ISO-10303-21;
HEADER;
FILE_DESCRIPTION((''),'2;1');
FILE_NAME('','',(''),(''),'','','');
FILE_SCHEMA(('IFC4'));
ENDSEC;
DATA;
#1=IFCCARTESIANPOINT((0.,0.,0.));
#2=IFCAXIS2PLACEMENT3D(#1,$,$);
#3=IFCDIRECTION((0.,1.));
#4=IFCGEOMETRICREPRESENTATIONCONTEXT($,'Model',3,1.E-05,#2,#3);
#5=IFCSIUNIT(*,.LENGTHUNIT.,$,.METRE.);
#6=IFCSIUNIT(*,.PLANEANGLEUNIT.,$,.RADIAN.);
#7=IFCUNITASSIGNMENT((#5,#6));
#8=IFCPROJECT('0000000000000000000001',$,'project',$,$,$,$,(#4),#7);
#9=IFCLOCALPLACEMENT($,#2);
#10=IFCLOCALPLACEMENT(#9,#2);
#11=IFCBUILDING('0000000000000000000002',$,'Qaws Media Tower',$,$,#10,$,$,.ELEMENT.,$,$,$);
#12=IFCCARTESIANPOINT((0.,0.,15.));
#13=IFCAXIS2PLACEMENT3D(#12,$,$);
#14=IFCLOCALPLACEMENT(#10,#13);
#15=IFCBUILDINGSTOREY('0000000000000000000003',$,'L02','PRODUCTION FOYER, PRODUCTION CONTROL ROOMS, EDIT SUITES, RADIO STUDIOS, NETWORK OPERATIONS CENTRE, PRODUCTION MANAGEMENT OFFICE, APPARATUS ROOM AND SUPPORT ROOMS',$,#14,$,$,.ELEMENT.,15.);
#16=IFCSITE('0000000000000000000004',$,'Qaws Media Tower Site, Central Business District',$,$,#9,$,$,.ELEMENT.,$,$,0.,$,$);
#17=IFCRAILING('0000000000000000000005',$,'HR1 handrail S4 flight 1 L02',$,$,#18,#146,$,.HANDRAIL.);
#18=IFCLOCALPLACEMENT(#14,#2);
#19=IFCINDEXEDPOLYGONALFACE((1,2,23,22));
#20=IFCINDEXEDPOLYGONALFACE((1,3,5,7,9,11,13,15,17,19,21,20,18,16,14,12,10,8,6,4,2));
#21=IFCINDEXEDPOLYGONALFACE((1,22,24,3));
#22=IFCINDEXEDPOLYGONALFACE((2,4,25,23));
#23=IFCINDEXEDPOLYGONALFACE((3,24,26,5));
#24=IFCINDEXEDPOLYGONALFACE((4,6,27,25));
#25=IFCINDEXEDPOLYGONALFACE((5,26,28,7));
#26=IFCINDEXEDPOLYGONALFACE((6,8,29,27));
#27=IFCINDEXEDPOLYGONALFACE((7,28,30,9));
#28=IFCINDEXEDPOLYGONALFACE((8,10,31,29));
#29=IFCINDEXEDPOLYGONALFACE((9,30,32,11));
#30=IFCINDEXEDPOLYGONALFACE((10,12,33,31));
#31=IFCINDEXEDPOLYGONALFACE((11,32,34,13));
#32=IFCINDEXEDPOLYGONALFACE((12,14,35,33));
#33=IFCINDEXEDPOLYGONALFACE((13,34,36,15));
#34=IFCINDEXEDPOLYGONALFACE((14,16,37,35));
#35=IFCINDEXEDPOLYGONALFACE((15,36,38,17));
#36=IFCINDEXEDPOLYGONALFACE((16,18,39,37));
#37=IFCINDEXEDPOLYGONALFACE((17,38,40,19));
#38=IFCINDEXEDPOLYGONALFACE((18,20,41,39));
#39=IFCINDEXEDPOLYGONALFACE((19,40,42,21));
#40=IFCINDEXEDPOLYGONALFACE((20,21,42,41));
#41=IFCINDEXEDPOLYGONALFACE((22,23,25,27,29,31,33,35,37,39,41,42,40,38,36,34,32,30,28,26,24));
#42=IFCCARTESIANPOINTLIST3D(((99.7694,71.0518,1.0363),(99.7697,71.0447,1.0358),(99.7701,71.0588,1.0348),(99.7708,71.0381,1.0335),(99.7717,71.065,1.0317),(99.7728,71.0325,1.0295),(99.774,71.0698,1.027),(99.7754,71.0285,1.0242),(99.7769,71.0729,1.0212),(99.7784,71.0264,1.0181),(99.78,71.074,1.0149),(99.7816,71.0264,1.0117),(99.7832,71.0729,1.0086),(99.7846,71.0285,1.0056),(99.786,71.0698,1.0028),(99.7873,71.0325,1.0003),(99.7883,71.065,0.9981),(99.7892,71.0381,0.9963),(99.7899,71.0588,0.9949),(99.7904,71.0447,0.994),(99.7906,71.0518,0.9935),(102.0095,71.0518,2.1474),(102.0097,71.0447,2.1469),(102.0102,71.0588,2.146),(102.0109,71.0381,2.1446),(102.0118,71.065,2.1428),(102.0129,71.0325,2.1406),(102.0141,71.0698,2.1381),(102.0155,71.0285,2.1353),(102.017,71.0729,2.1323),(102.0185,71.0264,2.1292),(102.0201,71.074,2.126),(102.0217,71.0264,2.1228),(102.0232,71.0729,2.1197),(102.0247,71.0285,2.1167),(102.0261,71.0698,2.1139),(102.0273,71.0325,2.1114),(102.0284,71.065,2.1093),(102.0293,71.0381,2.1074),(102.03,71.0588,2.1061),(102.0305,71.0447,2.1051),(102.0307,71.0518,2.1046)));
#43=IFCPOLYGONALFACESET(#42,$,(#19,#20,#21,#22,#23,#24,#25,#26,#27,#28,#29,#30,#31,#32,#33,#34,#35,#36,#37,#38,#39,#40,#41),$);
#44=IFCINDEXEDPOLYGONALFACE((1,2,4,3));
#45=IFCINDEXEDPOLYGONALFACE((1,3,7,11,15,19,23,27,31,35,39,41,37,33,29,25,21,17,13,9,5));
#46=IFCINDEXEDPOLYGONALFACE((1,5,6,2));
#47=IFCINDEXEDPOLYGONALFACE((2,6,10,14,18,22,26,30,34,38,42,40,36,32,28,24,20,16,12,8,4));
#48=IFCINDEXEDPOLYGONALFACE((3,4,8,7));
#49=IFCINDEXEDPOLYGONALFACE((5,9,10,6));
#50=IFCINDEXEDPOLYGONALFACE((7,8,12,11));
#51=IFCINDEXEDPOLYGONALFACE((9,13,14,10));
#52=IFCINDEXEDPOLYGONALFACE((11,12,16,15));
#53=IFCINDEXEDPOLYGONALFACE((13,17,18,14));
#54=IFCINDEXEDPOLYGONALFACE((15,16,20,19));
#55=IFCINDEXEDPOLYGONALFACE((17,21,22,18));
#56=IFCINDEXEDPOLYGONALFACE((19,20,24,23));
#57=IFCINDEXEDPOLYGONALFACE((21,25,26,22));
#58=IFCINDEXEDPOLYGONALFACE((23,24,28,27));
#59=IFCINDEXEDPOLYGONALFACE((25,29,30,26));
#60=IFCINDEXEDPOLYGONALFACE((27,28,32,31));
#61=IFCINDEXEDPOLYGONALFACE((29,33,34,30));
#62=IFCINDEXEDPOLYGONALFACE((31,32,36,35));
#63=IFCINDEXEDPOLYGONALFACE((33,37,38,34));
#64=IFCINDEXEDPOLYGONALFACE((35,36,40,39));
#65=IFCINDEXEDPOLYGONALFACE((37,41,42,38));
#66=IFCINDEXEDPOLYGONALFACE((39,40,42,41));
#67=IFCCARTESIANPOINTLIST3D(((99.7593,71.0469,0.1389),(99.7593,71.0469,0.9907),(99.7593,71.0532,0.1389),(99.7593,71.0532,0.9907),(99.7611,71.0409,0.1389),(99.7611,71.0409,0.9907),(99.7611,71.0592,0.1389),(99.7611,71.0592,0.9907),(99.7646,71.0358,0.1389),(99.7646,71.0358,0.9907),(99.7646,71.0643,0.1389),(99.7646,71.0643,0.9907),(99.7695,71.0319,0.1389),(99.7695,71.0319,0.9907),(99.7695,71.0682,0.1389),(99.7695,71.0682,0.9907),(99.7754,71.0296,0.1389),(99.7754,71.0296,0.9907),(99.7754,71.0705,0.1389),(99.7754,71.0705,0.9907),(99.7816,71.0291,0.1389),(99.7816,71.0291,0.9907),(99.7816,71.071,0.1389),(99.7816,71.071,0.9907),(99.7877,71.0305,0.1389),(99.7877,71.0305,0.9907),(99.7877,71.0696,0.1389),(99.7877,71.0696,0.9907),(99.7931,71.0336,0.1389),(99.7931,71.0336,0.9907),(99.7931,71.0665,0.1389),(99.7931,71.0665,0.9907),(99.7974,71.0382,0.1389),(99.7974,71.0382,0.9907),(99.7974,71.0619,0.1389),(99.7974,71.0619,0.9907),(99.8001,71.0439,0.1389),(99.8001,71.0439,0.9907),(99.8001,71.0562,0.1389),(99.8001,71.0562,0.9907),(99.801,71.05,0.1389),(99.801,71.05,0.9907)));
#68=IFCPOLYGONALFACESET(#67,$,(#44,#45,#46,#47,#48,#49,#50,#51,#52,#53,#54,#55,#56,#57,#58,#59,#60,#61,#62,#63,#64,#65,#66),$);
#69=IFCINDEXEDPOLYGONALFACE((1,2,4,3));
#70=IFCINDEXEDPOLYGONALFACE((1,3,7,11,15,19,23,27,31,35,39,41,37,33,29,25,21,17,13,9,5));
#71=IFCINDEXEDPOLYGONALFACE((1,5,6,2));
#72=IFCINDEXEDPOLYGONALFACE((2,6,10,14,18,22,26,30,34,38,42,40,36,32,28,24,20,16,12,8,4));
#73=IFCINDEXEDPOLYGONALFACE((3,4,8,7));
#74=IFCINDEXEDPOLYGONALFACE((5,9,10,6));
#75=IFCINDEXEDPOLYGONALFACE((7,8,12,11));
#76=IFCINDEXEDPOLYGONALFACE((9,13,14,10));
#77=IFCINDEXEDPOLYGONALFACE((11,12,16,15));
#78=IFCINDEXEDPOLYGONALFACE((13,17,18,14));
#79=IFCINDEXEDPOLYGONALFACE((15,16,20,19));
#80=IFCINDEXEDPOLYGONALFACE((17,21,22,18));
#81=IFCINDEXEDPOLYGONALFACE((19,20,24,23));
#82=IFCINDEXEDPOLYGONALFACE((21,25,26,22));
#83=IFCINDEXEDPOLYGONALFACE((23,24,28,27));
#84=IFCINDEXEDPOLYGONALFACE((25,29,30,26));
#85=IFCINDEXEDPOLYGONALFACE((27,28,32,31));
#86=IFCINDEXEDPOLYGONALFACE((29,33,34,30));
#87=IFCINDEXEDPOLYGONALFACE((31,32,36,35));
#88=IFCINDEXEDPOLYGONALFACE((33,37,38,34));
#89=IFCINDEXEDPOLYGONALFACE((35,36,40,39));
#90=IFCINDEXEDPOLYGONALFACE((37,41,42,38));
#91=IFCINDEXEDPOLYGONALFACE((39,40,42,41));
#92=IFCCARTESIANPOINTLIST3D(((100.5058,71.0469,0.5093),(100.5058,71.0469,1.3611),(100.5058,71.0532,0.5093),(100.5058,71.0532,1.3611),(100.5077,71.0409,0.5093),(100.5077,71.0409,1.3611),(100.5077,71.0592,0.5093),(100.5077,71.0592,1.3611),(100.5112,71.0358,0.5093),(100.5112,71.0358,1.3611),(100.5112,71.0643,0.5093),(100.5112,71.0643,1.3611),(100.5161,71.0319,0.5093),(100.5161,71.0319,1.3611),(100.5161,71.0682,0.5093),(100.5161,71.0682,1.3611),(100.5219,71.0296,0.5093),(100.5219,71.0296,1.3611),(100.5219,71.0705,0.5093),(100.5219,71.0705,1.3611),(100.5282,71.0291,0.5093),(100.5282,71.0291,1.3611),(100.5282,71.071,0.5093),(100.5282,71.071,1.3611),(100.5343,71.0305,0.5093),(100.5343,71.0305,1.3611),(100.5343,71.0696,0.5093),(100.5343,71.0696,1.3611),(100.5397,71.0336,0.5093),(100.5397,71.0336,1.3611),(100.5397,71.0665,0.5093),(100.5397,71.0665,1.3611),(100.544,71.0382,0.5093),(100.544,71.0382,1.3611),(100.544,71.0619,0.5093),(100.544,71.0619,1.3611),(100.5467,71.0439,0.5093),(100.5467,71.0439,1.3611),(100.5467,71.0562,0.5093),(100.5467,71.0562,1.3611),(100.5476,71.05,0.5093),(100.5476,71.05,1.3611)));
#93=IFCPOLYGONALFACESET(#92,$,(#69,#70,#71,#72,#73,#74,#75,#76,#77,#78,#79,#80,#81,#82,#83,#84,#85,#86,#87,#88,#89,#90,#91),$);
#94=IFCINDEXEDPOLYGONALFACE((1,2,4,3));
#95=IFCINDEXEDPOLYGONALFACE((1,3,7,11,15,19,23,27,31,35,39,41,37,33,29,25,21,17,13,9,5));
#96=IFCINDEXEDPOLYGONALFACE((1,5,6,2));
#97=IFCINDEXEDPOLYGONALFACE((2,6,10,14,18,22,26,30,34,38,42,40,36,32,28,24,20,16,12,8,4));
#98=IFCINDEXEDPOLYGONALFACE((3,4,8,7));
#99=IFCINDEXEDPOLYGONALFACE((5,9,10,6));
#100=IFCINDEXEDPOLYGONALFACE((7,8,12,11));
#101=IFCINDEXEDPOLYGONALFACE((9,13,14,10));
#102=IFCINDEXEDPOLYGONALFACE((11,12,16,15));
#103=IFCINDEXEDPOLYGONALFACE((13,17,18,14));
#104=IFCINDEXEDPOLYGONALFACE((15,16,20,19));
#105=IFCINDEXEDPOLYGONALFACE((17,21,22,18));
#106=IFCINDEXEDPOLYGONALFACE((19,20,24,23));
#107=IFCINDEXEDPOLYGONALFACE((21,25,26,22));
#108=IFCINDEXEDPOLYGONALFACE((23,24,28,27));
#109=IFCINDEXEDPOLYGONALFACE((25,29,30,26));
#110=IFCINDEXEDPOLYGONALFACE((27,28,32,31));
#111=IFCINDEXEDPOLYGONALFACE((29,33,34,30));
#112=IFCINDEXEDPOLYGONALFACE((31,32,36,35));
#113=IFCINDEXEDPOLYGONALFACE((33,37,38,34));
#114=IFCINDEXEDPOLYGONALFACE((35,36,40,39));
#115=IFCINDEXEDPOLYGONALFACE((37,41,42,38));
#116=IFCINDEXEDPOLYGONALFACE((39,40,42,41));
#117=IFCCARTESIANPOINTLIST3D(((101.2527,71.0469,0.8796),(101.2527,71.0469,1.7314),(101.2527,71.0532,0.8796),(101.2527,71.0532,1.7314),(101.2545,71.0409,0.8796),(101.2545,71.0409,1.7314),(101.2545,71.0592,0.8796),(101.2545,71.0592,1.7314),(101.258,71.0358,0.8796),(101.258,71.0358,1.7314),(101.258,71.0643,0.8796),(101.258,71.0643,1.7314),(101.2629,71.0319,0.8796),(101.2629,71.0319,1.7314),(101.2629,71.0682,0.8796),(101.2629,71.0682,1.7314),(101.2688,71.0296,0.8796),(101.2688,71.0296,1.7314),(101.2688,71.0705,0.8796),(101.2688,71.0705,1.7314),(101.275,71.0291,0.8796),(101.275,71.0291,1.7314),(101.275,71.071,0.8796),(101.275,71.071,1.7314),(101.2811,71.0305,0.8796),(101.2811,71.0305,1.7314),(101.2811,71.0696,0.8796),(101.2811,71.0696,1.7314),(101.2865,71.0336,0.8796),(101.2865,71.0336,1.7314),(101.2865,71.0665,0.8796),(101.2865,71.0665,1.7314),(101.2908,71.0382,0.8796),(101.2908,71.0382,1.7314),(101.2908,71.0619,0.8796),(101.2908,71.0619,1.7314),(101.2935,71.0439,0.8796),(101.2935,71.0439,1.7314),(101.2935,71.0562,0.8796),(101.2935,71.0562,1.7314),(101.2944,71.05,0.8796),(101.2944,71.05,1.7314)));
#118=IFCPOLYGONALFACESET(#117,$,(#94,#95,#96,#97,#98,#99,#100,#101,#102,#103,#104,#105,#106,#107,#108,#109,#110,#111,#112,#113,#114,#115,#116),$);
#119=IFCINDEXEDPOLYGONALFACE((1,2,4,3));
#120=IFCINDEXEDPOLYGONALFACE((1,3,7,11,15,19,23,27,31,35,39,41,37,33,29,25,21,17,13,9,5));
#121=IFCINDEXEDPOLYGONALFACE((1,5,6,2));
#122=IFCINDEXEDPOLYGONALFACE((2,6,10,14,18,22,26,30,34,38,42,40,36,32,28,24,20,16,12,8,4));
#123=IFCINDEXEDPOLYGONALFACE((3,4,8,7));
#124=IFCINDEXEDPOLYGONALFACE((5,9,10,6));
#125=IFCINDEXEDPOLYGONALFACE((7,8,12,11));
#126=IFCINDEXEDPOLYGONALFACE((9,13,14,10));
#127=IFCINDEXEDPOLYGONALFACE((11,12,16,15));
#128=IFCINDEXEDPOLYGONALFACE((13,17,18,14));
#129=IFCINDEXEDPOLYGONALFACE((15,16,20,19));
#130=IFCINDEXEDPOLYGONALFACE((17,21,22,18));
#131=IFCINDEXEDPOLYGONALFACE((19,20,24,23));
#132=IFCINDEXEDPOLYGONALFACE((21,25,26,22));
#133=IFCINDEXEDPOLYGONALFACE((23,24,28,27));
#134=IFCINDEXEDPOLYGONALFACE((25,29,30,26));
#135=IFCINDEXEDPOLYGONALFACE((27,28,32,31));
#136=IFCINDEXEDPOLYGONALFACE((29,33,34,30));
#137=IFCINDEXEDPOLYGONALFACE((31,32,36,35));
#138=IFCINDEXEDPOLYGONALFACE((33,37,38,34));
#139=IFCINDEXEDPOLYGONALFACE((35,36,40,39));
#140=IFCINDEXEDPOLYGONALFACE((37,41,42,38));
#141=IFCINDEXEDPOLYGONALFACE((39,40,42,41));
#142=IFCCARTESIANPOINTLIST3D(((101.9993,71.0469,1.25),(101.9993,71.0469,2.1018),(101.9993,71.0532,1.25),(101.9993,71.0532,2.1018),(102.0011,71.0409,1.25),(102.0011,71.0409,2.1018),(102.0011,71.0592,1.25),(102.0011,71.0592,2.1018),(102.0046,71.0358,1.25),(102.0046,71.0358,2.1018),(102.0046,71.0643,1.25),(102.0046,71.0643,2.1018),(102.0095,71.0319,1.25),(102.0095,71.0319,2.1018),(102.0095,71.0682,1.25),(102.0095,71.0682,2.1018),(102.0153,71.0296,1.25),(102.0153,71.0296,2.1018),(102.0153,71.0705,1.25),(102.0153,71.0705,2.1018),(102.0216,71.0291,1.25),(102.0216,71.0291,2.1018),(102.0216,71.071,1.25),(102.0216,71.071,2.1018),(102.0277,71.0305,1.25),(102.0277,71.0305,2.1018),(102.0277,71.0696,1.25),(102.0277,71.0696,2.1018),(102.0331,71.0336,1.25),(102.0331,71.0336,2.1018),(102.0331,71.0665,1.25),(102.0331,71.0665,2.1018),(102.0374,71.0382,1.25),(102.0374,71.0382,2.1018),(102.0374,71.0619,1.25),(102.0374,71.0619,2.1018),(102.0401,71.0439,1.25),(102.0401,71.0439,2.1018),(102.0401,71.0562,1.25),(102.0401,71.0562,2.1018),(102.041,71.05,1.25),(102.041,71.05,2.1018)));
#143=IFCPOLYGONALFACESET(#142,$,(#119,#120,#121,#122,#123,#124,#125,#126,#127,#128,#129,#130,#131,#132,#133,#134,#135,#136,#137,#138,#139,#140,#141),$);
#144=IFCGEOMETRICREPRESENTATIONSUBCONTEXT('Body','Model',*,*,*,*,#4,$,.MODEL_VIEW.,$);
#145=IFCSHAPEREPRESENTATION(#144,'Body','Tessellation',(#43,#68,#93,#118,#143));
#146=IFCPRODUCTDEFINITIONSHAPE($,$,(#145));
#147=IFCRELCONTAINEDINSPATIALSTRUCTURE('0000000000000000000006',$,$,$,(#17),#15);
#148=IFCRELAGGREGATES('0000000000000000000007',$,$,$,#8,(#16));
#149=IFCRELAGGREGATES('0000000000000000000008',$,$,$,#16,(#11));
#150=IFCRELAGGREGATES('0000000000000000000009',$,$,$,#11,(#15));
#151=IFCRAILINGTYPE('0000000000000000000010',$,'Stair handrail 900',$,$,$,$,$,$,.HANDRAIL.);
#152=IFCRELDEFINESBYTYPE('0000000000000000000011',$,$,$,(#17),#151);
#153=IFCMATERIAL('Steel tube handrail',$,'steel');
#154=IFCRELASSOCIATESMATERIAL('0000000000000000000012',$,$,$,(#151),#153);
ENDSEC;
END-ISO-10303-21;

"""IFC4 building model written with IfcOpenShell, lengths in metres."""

from ifc_helpers import new_model, si_unit, direction, frame, origin, origin_2d, place, context, subcontext, project, spatial, circle, extrude, material, type_object, element, save


model = new_model("IFC4")

# Units and contexts
model_context = context("Model", 3, precision=1e-05, world=origin(), true_north=direction((0.0, 1.0)))
body_context = subcontext(model_context, "Body", "Model", "MODEL_VIEW")
ifc_project = project(units=[si_unit("LENGTHUNIT", "METRE"), si_unit("PLANEANGLEUNIT", "RADIAN")], contexts=[model_context])

# Site, building, storey
site_placement = place(None, origin())
site = spatial("IfcSite", under=ifc_project, at=site_placement, Name="Qaws Media Tower Site, Central Business District", CompositionType="ELEMENT", RefElevation=0.0)
building_placement = place(site_placement, origin())
building = spatial("IfcBuilding", under=site, at=building_placement, Name="Qaws Media Tower", CompositionType="ELEMENT")
storey_placement = place(building_placement, frame((0.0, 0.0, 15.0)))
storey = spatial("IfcBuildingStorey", under=building, at=storey_placement, Name="L02", Description="PRODUCTION FOYER, PRODUCTION CONTROL ROOMS, EDIT SUITES, RADIO STUDIOS, NETWORK OPERATIONS CENTRE, PRODUCTION MANAGEMENT OFFICE, APPARATUS ROOM AND SUPPORT ROOMS", CompositionType="ELEMENT", Elevation=15.0)

# Railing
ifc_material_1 = material(Name="Steel tube handrail", Category="steel")
railing_type = type_object("IfcRailingType", Name="Stair handrail 900", PredefinedType="HANDRAIL", material=ifc_material_1)
for number, where, name in (
    (1, (99.78, 71.05, 0.1389), "HR1 handrail S4 flight 1 L02"),
):
    element("IfcRailing", number, at=place(storey_placement, frame(where)), inside=storey, type_object=railing_type, Name=name, PredefinedType="HANDRAIL", context=body_context, shape_type="SweptSolid", body=[
        extrude(circle(Radius=0.0239, at=origin_2d()), frame((0.0, 0.0, 0.876), z_axis=(0.895848, 0.0, 0.44436), x_axis=(0.0, 1.0, 0.0)), (0.0, 0.0, 1.0), 2.5005),
        extrude(circle(Radius=0.021, at=origin_2d()), origin(), (0.0, 0.0, 1.0), 0.8518),
        extrude(circle(Radius=0.021, at=origin_2d()), frame((0.7466, 0.0, 0.3704)), (0.0, 0.0, 1.0), 0.8518),
        extrude(circle(Radius=0.021, at=origin_2d()), frame((1.4934, 0.0, 0.7407)), (0.0, 0.0, 1.0), 0.8518),
        extrude(circle(Radius=0.021, at=origin_2d()), frame((2.24, 0.0, 1.1111)), (0.0, 0.0, 1.0), 0.8518),
    ])

save(model, "model.ifc")
